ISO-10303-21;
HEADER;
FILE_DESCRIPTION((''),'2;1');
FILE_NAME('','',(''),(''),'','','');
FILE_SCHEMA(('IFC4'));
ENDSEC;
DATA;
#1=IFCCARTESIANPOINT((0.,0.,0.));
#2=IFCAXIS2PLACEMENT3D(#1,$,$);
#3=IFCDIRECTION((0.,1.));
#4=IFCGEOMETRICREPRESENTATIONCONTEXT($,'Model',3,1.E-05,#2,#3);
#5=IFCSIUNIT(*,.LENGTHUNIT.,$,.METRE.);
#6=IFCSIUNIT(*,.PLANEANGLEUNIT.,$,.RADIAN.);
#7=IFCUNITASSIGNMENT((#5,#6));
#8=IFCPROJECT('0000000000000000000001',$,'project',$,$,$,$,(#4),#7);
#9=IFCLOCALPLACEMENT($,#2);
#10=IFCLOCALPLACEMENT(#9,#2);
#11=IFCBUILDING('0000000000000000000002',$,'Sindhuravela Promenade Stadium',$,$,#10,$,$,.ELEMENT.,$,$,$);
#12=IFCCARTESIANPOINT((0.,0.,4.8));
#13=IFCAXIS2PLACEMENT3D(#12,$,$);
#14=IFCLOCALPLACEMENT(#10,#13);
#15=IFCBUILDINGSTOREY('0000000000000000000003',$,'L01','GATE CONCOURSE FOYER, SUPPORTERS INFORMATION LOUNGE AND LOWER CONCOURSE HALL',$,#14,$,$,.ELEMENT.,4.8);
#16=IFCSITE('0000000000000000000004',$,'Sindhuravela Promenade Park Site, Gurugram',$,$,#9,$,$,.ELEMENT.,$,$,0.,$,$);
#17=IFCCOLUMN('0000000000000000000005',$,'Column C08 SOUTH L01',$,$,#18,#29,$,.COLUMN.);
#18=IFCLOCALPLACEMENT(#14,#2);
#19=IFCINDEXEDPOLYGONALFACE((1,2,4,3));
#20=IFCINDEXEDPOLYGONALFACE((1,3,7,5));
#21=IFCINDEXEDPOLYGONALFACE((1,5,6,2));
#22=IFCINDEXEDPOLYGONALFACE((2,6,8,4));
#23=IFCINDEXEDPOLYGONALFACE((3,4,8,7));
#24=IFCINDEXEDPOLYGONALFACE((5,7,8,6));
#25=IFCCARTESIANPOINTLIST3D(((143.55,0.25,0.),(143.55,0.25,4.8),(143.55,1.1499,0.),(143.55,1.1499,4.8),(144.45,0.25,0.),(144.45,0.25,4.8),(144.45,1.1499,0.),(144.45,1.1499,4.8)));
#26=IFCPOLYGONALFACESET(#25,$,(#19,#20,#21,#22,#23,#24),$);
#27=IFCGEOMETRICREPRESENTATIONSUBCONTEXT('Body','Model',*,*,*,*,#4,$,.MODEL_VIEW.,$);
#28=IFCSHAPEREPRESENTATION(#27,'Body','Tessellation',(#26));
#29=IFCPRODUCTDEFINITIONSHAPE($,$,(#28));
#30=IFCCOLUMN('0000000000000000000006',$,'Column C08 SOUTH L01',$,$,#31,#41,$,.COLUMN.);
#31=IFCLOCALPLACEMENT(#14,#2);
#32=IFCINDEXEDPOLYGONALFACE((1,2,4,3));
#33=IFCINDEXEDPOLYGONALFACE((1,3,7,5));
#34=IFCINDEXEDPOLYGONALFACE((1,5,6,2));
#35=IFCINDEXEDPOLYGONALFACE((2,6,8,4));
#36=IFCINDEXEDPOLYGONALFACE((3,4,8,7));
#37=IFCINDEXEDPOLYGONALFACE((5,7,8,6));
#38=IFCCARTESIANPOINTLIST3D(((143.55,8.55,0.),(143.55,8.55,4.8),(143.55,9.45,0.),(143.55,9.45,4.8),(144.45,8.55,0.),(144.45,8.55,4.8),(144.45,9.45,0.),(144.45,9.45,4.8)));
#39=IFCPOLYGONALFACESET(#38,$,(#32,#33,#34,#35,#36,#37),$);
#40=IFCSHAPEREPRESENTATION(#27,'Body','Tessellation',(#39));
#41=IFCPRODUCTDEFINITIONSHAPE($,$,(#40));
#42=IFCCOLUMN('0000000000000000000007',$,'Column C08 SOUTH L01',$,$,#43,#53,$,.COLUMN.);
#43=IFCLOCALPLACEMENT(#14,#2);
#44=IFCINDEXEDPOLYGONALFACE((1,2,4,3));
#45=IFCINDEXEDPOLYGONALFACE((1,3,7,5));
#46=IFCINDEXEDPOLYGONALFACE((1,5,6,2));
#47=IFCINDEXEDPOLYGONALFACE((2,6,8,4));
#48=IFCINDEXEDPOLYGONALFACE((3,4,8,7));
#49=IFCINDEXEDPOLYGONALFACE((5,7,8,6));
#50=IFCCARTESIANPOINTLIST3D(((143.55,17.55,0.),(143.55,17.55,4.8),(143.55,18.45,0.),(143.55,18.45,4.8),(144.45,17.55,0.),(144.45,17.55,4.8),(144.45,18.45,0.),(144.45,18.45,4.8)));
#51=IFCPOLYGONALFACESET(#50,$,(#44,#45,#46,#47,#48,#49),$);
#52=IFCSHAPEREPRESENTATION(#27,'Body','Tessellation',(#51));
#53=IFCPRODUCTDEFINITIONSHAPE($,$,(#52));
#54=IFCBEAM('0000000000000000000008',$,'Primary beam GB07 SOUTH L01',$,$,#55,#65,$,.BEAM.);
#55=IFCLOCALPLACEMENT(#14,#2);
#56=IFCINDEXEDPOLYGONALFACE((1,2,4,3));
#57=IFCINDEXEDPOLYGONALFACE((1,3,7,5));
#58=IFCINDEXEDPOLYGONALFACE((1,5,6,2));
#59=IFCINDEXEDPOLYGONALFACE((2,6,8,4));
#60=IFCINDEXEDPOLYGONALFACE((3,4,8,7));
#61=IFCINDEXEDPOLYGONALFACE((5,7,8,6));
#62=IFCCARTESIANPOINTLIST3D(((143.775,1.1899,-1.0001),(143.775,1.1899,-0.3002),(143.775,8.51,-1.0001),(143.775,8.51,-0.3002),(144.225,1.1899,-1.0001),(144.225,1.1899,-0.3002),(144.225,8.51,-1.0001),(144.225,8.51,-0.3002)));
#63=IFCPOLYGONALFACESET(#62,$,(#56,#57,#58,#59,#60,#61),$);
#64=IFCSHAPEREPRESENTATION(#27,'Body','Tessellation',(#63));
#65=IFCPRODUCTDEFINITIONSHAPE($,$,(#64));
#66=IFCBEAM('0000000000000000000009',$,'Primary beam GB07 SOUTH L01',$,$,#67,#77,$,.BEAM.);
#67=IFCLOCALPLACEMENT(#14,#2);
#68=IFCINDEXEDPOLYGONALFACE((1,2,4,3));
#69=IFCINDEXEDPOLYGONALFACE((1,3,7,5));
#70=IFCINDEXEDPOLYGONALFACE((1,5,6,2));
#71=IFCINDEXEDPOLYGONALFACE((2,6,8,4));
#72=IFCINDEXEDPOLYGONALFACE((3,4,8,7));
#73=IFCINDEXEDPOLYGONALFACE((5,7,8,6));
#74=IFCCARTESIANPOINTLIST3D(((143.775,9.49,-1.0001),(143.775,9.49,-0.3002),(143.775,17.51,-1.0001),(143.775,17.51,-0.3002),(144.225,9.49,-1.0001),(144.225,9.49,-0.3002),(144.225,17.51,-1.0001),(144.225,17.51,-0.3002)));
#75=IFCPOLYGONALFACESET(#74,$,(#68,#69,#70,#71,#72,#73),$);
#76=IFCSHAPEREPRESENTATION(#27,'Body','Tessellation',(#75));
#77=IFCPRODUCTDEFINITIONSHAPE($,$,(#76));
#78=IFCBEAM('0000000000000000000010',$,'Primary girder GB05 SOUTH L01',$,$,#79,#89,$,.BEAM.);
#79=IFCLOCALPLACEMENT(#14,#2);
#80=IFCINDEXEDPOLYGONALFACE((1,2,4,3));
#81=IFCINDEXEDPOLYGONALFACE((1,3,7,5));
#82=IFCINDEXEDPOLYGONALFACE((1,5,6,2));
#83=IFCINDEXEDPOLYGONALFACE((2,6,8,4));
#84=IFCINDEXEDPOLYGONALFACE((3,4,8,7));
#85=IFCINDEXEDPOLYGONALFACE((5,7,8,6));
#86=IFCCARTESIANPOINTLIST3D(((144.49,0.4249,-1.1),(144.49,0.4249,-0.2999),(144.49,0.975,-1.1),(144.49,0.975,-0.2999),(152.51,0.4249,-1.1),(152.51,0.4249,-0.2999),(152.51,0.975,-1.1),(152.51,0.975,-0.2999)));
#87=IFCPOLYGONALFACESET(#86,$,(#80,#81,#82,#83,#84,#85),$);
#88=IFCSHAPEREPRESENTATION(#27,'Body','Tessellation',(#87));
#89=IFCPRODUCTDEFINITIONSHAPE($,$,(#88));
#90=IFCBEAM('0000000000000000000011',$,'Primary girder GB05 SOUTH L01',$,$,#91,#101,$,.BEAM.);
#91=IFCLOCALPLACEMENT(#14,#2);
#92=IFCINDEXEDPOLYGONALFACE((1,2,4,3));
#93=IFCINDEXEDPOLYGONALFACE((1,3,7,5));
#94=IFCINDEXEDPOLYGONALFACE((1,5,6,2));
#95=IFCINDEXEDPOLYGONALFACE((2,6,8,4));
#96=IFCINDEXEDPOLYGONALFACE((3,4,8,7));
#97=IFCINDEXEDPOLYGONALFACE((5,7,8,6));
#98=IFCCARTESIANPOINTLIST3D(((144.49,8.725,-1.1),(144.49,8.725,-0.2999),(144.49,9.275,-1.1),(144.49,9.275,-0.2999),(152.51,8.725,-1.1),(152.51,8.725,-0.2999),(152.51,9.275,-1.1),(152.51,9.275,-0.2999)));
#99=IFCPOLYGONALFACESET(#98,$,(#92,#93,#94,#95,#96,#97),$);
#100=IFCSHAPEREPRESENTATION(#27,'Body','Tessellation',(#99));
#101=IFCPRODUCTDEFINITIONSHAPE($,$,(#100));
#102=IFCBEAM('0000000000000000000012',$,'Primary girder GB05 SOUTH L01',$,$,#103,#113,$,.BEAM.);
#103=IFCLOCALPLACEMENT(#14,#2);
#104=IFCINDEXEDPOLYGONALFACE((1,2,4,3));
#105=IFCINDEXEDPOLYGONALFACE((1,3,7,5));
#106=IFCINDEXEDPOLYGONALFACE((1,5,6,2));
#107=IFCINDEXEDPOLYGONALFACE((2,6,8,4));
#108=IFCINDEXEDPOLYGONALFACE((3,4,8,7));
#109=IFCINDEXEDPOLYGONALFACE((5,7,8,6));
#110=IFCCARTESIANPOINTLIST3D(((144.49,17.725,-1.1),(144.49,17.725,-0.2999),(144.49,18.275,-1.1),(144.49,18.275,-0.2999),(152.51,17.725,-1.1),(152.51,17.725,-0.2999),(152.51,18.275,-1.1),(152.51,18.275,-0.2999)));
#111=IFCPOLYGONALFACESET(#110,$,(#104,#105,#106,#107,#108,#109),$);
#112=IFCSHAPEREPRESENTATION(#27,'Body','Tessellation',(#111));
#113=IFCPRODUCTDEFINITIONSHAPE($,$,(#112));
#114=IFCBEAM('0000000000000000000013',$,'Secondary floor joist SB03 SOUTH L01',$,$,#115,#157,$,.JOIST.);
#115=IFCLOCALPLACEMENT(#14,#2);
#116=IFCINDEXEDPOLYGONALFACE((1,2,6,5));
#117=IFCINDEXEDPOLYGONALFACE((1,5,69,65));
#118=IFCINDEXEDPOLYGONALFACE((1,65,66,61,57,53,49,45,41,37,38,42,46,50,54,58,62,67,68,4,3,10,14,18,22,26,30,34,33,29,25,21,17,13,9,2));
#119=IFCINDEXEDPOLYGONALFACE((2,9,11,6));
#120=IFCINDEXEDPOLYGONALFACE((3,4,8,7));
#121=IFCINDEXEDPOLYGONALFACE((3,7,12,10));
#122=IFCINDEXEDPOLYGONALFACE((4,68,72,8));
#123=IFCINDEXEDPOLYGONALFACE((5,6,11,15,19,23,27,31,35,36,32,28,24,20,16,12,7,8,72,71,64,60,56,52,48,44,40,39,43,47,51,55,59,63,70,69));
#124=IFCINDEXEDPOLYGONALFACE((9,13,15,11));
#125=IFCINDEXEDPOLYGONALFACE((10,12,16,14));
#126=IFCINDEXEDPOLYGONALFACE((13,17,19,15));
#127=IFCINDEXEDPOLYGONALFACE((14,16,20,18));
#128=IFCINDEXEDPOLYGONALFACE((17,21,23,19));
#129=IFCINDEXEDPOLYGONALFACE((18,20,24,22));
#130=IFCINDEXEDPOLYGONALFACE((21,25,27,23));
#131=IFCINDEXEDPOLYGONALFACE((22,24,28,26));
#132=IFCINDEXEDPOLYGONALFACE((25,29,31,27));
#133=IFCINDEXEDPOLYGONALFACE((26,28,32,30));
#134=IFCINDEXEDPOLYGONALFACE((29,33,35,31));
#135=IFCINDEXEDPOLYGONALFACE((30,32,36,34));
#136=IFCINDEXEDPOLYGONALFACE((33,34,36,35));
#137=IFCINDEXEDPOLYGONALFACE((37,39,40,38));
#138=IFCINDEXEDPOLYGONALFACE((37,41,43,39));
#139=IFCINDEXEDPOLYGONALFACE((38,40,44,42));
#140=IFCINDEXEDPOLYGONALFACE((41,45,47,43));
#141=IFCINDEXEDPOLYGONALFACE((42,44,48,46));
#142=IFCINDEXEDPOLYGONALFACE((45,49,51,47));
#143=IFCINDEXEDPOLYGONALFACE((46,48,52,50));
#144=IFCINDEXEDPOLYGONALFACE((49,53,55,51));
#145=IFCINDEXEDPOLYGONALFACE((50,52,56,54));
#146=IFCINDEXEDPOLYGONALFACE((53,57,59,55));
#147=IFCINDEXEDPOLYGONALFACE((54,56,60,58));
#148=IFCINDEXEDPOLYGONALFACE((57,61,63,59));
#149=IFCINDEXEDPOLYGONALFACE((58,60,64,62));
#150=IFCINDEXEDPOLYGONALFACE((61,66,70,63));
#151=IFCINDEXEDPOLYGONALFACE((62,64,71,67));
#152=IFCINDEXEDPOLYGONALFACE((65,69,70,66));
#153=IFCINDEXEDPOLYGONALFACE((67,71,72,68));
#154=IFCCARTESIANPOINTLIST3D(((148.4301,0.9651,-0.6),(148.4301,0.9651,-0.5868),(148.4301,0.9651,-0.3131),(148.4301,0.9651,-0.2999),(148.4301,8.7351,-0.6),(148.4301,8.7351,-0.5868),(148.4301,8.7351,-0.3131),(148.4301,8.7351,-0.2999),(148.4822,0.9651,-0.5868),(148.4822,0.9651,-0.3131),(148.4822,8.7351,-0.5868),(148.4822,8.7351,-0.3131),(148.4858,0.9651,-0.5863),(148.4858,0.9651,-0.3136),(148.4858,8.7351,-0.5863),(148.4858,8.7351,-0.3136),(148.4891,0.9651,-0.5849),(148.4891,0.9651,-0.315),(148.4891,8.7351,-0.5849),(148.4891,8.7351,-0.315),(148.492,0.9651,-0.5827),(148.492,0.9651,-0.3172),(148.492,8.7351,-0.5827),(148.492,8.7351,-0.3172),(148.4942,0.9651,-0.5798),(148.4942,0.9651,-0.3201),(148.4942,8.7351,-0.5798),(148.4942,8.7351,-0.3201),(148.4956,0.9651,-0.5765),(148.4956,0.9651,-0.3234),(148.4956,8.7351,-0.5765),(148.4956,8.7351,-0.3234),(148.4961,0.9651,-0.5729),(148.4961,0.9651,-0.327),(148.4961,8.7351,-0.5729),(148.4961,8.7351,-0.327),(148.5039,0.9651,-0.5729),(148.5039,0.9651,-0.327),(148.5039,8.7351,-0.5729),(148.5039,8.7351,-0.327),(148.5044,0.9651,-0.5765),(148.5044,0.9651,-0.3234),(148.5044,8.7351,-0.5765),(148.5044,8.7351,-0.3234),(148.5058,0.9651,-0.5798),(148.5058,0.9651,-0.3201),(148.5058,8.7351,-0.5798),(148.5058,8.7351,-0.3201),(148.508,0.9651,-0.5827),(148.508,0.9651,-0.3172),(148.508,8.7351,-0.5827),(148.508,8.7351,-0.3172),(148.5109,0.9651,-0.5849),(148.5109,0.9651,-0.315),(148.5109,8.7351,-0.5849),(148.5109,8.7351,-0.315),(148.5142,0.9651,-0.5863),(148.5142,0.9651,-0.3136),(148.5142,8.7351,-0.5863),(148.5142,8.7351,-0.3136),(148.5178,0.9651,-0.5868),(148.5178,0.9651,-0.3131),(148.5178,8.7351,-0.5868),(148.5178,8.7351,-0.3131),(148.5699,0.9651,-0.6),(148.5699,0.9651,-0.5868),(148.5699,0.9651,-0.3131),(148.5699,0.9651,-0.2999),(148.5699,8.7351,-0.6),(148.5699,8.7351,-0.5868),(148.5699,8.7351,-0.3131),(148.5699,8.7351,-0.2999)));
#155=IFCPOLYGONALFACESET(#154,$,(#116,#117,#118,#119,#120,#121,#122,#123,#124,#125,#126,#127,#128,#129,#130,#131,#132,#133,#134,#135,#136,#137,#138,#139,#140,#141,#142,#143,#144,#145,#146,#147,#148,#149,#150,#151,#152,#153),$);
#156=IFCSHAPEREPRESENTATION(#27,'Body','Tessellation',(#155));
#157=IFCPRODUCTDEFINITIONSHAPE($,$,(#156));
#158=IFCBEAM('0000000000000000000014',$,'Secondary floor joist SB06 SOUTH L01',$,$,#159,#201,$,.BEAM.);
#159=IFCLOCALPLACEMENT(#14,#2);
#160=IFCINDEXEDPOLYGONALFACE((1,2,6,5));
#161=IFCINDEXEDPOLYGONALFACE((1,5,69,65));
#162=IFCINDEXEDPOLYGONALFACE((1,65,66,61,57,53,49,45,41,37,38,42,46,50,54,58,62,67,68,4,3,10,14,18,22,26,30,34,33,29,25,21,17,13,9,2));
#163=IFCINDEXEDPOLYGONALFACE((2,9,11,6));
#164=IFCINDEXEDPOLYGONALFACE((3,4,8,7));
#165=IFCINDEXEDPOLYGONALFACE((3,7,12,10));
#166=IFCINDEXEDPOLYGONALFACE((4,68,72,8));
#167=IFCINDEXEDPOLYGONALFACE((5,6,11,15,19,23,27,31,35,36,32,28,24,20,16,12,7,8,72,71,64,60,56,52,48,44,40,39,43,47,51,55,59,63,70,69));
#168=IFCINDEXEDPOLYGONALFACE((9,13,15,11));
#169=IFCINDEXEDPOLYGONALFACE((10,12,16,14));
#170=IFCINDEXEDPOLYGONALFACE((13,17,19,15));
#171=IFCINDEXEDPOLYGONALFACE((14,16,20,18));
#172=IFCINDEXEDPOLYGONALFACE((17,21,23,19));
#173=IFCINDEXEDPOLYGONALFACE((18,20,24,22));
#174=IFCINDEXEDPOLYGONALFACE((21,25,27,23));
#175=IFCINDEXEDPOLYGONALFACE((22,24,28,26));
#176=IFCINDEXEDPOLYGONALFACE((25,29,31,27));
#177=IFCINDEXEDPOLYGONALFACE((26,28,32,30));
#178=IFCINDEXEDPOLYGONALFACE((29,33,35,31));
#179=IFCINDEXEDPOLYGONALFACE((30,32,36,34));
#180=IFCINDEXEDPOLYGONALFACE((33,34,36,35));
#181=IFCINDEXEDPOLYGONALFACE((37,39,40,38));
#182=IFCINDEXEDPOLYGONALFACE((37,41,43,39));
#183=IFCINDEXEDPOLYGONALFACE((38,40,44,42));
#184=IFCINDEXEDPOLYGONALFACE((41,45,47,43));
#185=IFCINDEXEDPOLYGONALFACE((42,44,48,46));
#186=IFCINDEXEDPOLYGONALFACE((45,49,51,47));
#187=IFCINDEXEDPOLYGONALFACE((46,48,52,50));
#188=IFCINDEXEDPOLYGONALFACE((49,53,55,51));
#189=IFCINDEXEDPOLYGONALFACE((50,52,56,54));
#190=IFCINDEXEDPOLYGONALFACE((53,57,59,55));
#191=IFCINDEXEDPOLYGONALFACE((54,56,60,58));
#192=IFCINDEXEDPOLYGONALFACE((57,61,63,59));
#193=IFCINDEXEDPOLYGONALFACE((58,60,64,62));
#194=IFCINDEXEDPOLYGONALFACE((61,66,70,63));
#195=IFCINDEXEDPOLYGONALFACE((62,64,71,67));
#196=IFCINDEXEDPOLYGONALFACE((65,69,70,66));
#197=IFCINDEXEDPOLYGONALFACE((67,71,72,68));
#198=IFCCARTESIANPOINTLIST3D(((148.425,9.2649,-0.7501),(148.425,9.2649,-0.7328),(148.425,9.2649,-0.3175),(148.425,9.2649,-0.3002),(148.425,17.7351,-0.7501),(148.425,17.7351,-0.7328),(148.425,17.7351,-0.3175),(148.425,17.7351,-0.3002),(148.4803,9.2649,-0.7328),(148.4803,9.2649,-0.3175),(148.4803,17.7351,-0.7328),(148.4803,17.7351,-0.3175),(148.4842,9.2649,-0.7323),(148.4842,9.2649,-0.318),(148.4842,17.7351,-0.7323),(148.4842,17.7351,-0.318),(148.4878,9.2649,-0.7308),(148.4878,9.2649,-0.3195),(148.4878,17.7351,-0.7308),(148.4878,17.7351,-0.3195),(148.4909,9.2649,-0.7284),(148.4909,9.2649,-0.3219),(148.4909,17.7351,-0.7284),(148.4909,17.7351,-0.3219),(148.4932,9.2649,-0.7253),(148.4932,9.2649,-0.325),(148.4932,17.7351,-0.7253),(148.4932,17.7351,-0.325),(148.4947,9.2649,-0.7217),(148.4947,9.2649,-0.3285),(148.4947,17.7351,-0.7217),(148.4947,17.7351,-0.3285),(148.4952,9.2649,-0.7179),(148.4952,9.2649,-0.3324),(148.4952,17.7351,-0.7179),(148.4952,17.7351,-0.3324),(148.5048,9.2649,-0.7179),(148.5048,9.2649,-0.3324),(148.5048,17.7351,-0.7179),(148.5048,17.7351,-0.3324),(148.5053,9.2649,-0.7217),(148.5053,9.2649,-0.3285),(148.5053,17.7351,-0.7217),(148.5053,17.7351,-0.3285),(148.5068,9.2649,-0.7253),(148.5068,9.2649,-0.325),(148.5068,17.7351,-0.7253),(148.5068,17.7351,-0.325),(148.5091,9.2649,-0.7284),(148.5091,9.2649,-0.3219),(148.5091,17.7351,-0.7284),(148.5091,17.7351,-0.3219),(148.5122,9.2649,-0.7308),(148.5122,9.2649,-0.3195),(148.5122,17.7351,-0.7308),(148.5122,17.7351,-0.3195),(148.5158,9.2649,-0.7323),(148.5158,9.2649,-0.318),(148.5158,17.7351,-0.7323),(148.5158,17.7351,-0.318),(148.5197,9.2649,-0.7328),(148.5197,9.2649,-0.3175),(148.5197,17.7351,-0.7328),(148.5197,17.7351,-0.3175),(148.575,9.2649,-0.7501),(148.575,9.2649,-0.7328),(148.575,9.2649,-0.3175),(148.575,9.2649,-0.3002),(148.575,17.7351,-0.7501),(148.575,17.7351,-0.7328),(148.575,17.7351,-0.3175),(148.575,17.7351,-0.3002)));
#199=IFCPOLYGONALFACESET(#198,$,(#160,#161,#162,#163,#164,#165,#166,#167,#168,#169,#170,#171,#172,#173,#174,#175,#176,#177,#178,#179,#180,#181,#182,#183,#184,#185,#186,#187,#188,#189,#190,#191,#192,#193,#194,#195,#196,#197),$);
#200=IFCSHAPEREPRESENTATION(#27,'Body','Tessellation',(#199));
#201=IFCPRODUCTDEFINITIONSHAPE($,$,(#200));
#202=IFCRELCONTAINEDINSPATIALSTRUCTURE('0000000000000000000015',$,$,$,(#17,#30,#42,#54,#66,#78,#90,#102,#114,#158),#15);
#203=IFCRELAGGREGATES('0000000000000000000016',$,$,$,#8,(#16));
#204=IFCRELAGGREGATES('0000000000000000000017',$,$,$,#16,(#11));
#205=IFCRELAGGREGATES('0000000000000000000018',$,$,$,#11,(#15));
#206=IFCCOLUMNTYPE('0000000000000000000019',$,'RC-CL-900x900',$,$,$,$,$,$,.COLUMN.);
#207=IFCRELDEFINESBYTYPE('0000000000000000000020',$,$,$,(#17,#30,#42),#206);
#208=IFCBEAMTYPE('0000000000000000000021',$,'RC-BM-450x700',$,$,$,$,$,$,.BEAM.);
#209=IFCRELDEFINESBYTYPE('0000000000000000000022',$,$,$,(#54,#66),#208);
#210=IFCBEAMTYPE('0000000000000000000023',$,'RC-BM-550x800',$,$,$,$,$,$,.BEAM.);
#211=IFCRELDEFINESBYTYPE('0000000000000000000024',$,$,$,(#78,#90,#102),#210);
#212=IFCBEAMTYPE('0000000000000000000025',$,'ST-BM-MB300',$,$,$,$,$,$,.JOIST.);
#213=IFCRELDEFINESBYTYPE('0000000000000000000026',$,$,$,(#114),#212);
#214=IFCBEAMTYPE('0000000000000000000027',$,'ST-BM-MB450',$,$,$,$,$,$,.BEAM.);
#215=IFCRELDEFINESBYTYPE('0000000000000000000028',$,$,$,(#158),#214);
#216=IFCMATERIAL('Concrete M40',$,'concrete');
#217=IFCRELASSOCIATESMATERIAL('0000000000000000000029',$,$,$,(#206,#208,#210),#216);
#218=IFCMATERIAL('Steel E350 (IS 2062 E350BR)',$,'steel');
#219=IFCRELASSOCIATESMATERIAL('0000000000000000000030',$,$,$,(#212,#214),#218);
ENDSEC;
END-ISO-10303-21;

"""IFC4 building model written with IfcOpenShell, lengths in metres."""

from ifc_helpers import new_model, si_unit, direction, frame, origin, origin_2d, place, context, subcontext, project, spatial, rectangle, i_section, extrude, material, material_profile, profile_set, type_object, element, save


model = new_model("IFC4")

# Units and contexts
model_context = context("Model", 3, precision=1e-05, world=origin(), true_north=direction((0.0, 1.0)))
body_context = subcontext(model_context, "Body", "Model", "MODEL_VIEW")
ifc_project = project(units=[si_unit("LENGTHUNIT", "METRE"), si_unit("PLANEANGLEUNIT", "RADIAN")], contexts=[model_context])

# Site, building, storey
site_placement = place(None, origin())
site = spatial("IfcSite", under=ifc_project, at=site_placement, Name="Sindhuravela Promenade Park Site, Gurugram", CompositionType="ELEMENT", RefElevation=0.0)
building_placement = place(site_placement, origin())
building = spatial("IfcBuilding", under=site, at=building_placement, Name="Sindhuravela Promenade Stadium", CompositionType="ELEMENT")
storey_placement = place(building_placement, frame((0.0, 0.0, 4.8)))
storey = spatial("IfcBuildingStorey", under=building, at=storey_placement, Name="L01", Description="GATE CONCOURSE FOYER, SUPPORTERS INFORMATION LOUNGE AND LOWER CONCOURSE HALL", CompositionType="ELEMENT", Elevation=4.8)

# Columns
ifc_material_1 = material(Name="Concrete M40", Category="concrete")
ifc_material_profile_1 = material_profile(ifc_material_1, rectangle(XDim=0.8999, YDim=0.8999, at=origin_2d()), Name="RC 900x900")
ifc_profile_set_1 = profile_set([ifc_material_profile_1], Name="Concrete M40")
column_type = type_object("IfcColumnType", Name="RC-CL-900x900", PredefinedType="COLUMN", material=ifc_profile_set_1)
for number, where, z_axis, x_axis, name in (
    (1, (144.0, 0.7, 0.0), (0.0, 0.0, 1.0), (1.0, 0.0, 0.0), "Column C08 SOUTH L01"),
    (2, (144.0, 9.0, 0.0), (0.0, 0.0, 1.0), (1.0, 0.0, 0.0), "Column C08 SOUTH L01"),
    (3, (144.0, 18.0, 0.0), (0.0, 0.0, 1.0), (1.0, 0.0, 0.0), "Column C08 SOUTH L01"),
):
    element("IfcColumn", number, at=place(storey_placement, frame(where, z_axis=z_axis, x_axis=x_axis)), inside=storey, type_object=column_type, Name=name, PredefinedType="COLUMN", context=body_context, shape_type="SweptSolid", body=[
        extrude(rectangle(XDim=0.8999, YDim=0.8999, at=origin_2d()), origin(), (0.0, 0.0, 1.0), 4.8),
    ])

# Beams
ifc_material_profile_2 = material_profile(ifc_material_1, rectangle(XDim=0.45, YDim=0.7, at=origin_2d()), Name="RC 450x700")
ifc_profile_set_2 = profile_set([ifc_material_profile_2], Name="Concrete M40")
beam_type_1 = type_object("IfcBeamType", Name="RC-BM-450x700", PredefinedType="BEAM", material=ifc_profile_set_2)
beam_1_placement = place(storey_placement, frame((144.0, 1.1899, -0.6501), z_axis=(0.0, 1.0, 0.0), x_axis=(-1.0, 0.0, 0.0)))
element("IfcBeam", 4, at=beam_1_placement, inside=storey, type_object=beam_type_1, Name="Primary beam GB07 SOUTH L01", PredefinedType="BEAM", context=body_context, shape_type="SweptSolid", body=[
    extrude(rectangle(XDim=0.45, YDim=0.7, at=origin_2d()), origin(), (0.0, 0.0, 1.0), 7.3201),
])
beam_2_placement = place(storey_placement, frame((144.0, 9.49, -0.6501), z_axis=(0.0, 1.0, 0.0), x_axis=(-1.0, 0.0, 0.0)))
element("IfcBeam", 5, at=beam_2_placement, inside=storey, type_object=beam_type_1, Name="Primary beam GB07 SOUTH L01", PredefinedType="BEAM", context=body_context, shape_type="SweptSolid", body=[
    extrude(rectangle(XDim=0.45, YDim=0.7, at=origin_2d()), origin(), (0.0, 0.0, 1.0), 8.02),
])
ifc_material_profile_3 = material_profile(ifc_material_1, rectangle(XDim=0.55, YDim=0.8, at=origin_2d()), Name="RC 550x800")
ifc_profile_set_3 = profile_set([ifc_material_profile_3], Name="Concrete M40")
beam_type_2 = type_object("IfcBeamType", Name="RC-BM-550x800", PredefinedType="BEAM", material=ifc_profile_set_3)
for number, where, z_axis, x_axis, name in (
    (6, (144.49, 0.7, -0.7), (1.0, 0.0, 0.0), (0.0, 1.0, 0.0), "Primary girder GB05 SOUTH L01"),
    (7, (144.49, 9.0, -0.7), (1.0, 0.0, 0.0), (0.0, 1.0, 0.0), "Primary girder GB05 SOUTH L01"),
    (8, (144.49, 18.0, -0.7), (1.0, 0.0, 0.0), (0.0, 1.0, 0.0), "Primary girder GB05 SOUTH L01"),
):
    element("IfcBeam", number, at=place(storey_placement, frame(where, z_axis=z_axis, x_axis=x_axis)), inside=storey, type_object=beam_type_2, Name=name, PredefinedType="BEAM", context=body_context, shape_type="SweptSolid", body=[
        extrude(rectangle(XDim=0.55, YDim=0.8, at=origin_2d()), origin(), (0.0, 0.0, 1.0), 8.02),
    ])
ifc_material_2 = material(Name="Steel E350 (IS 2062 E350BR)", Category="steel")
ifc_material_profile_4 = material_profile(ifc_material_2, i_section(OverallWidth=0.1399, OverallDepth=0.3, WebThickness=0.0078, FlangeThickness=0.0132, FilletRadius=0.0139, at=origin_2d()), Name="ISMB 300")
ifc_profile_set_4 = profile_set([ifc_material_profile_4], Name="Steel E350 (IS 2062 E350BR)")
beam_type_3 = type_object("IfcBeamType", Name="ST-BM-MB300", PredefinedType="JOIST", material=ifc_profile_set_4)
beam_3_placement = place(storey_placement, frame((148.5, 0.9651, -0.45), z_axis=(0.0, 1.0, 0.0), x_axis=(-1.0, 0.0, 0.0)))
element("IfcBeam", 9, at=beam_3_placement, inside=storey, type_object=beam_type_3, Name="Secondary floor joist SB03 SOUTH L01", PredefinedType="JOIST", context=body_context, shape_type="SweptSolid", body=[
    extrude(i_section(OverallWidth=0.1399, OverallDepth=0.3, WebThickness=0.0078, FlangeThickness=0.0132, FilletRadius=0.0139, at=origin_2d()), origin(), (0.0, 0.0, 1.0), 7.77),
])
ifc_material_profile_5 = material_profile(ifc_material_2, i_section(OverallWidth=0.1499, OverallDepth=0.45, WebThickness=0.0095, FlangeThickness=0.0173, FilletRadius=0.0149, at=origin_2d()), Name="ISMB 450")
ifc_profile_set_5 = profile_set([ifc_material_profile_5], Name="Steel E350 (IS 2062 E350BR)")
beam_type_4 = type_object("IfcBeamType", Name="ST-BM-MB450", PredefinedType="BEAM", material=ifc_profile_set_5)
beam_4_placement = place(storey_placement, frame((148.5, 9.2649, -0.5251), z_axis=(0.0, 1.0, 0.0), x_axis=(-1.0, 0.0, 0.0)))
element("IfcBeam", 10, at=beam_4_placement, inside=storey, type_object=beam_type_4, Name="Secondary floor joist SB06 SOUTH L01", PredefinedType="BEAM", context=body_context, shape_type="SweptSolid", body=[
    extrude(i_section(OverallWidth=0.1499, OverallDepth=0.45, WebThickness=0.0095, FlangeThickness=0.0173, FilletRadius=0.0149, at=origin_2d()), origin(), (0.0, 0.0, 1.0), 8.4702),
])

save(model, "model.ifc")
